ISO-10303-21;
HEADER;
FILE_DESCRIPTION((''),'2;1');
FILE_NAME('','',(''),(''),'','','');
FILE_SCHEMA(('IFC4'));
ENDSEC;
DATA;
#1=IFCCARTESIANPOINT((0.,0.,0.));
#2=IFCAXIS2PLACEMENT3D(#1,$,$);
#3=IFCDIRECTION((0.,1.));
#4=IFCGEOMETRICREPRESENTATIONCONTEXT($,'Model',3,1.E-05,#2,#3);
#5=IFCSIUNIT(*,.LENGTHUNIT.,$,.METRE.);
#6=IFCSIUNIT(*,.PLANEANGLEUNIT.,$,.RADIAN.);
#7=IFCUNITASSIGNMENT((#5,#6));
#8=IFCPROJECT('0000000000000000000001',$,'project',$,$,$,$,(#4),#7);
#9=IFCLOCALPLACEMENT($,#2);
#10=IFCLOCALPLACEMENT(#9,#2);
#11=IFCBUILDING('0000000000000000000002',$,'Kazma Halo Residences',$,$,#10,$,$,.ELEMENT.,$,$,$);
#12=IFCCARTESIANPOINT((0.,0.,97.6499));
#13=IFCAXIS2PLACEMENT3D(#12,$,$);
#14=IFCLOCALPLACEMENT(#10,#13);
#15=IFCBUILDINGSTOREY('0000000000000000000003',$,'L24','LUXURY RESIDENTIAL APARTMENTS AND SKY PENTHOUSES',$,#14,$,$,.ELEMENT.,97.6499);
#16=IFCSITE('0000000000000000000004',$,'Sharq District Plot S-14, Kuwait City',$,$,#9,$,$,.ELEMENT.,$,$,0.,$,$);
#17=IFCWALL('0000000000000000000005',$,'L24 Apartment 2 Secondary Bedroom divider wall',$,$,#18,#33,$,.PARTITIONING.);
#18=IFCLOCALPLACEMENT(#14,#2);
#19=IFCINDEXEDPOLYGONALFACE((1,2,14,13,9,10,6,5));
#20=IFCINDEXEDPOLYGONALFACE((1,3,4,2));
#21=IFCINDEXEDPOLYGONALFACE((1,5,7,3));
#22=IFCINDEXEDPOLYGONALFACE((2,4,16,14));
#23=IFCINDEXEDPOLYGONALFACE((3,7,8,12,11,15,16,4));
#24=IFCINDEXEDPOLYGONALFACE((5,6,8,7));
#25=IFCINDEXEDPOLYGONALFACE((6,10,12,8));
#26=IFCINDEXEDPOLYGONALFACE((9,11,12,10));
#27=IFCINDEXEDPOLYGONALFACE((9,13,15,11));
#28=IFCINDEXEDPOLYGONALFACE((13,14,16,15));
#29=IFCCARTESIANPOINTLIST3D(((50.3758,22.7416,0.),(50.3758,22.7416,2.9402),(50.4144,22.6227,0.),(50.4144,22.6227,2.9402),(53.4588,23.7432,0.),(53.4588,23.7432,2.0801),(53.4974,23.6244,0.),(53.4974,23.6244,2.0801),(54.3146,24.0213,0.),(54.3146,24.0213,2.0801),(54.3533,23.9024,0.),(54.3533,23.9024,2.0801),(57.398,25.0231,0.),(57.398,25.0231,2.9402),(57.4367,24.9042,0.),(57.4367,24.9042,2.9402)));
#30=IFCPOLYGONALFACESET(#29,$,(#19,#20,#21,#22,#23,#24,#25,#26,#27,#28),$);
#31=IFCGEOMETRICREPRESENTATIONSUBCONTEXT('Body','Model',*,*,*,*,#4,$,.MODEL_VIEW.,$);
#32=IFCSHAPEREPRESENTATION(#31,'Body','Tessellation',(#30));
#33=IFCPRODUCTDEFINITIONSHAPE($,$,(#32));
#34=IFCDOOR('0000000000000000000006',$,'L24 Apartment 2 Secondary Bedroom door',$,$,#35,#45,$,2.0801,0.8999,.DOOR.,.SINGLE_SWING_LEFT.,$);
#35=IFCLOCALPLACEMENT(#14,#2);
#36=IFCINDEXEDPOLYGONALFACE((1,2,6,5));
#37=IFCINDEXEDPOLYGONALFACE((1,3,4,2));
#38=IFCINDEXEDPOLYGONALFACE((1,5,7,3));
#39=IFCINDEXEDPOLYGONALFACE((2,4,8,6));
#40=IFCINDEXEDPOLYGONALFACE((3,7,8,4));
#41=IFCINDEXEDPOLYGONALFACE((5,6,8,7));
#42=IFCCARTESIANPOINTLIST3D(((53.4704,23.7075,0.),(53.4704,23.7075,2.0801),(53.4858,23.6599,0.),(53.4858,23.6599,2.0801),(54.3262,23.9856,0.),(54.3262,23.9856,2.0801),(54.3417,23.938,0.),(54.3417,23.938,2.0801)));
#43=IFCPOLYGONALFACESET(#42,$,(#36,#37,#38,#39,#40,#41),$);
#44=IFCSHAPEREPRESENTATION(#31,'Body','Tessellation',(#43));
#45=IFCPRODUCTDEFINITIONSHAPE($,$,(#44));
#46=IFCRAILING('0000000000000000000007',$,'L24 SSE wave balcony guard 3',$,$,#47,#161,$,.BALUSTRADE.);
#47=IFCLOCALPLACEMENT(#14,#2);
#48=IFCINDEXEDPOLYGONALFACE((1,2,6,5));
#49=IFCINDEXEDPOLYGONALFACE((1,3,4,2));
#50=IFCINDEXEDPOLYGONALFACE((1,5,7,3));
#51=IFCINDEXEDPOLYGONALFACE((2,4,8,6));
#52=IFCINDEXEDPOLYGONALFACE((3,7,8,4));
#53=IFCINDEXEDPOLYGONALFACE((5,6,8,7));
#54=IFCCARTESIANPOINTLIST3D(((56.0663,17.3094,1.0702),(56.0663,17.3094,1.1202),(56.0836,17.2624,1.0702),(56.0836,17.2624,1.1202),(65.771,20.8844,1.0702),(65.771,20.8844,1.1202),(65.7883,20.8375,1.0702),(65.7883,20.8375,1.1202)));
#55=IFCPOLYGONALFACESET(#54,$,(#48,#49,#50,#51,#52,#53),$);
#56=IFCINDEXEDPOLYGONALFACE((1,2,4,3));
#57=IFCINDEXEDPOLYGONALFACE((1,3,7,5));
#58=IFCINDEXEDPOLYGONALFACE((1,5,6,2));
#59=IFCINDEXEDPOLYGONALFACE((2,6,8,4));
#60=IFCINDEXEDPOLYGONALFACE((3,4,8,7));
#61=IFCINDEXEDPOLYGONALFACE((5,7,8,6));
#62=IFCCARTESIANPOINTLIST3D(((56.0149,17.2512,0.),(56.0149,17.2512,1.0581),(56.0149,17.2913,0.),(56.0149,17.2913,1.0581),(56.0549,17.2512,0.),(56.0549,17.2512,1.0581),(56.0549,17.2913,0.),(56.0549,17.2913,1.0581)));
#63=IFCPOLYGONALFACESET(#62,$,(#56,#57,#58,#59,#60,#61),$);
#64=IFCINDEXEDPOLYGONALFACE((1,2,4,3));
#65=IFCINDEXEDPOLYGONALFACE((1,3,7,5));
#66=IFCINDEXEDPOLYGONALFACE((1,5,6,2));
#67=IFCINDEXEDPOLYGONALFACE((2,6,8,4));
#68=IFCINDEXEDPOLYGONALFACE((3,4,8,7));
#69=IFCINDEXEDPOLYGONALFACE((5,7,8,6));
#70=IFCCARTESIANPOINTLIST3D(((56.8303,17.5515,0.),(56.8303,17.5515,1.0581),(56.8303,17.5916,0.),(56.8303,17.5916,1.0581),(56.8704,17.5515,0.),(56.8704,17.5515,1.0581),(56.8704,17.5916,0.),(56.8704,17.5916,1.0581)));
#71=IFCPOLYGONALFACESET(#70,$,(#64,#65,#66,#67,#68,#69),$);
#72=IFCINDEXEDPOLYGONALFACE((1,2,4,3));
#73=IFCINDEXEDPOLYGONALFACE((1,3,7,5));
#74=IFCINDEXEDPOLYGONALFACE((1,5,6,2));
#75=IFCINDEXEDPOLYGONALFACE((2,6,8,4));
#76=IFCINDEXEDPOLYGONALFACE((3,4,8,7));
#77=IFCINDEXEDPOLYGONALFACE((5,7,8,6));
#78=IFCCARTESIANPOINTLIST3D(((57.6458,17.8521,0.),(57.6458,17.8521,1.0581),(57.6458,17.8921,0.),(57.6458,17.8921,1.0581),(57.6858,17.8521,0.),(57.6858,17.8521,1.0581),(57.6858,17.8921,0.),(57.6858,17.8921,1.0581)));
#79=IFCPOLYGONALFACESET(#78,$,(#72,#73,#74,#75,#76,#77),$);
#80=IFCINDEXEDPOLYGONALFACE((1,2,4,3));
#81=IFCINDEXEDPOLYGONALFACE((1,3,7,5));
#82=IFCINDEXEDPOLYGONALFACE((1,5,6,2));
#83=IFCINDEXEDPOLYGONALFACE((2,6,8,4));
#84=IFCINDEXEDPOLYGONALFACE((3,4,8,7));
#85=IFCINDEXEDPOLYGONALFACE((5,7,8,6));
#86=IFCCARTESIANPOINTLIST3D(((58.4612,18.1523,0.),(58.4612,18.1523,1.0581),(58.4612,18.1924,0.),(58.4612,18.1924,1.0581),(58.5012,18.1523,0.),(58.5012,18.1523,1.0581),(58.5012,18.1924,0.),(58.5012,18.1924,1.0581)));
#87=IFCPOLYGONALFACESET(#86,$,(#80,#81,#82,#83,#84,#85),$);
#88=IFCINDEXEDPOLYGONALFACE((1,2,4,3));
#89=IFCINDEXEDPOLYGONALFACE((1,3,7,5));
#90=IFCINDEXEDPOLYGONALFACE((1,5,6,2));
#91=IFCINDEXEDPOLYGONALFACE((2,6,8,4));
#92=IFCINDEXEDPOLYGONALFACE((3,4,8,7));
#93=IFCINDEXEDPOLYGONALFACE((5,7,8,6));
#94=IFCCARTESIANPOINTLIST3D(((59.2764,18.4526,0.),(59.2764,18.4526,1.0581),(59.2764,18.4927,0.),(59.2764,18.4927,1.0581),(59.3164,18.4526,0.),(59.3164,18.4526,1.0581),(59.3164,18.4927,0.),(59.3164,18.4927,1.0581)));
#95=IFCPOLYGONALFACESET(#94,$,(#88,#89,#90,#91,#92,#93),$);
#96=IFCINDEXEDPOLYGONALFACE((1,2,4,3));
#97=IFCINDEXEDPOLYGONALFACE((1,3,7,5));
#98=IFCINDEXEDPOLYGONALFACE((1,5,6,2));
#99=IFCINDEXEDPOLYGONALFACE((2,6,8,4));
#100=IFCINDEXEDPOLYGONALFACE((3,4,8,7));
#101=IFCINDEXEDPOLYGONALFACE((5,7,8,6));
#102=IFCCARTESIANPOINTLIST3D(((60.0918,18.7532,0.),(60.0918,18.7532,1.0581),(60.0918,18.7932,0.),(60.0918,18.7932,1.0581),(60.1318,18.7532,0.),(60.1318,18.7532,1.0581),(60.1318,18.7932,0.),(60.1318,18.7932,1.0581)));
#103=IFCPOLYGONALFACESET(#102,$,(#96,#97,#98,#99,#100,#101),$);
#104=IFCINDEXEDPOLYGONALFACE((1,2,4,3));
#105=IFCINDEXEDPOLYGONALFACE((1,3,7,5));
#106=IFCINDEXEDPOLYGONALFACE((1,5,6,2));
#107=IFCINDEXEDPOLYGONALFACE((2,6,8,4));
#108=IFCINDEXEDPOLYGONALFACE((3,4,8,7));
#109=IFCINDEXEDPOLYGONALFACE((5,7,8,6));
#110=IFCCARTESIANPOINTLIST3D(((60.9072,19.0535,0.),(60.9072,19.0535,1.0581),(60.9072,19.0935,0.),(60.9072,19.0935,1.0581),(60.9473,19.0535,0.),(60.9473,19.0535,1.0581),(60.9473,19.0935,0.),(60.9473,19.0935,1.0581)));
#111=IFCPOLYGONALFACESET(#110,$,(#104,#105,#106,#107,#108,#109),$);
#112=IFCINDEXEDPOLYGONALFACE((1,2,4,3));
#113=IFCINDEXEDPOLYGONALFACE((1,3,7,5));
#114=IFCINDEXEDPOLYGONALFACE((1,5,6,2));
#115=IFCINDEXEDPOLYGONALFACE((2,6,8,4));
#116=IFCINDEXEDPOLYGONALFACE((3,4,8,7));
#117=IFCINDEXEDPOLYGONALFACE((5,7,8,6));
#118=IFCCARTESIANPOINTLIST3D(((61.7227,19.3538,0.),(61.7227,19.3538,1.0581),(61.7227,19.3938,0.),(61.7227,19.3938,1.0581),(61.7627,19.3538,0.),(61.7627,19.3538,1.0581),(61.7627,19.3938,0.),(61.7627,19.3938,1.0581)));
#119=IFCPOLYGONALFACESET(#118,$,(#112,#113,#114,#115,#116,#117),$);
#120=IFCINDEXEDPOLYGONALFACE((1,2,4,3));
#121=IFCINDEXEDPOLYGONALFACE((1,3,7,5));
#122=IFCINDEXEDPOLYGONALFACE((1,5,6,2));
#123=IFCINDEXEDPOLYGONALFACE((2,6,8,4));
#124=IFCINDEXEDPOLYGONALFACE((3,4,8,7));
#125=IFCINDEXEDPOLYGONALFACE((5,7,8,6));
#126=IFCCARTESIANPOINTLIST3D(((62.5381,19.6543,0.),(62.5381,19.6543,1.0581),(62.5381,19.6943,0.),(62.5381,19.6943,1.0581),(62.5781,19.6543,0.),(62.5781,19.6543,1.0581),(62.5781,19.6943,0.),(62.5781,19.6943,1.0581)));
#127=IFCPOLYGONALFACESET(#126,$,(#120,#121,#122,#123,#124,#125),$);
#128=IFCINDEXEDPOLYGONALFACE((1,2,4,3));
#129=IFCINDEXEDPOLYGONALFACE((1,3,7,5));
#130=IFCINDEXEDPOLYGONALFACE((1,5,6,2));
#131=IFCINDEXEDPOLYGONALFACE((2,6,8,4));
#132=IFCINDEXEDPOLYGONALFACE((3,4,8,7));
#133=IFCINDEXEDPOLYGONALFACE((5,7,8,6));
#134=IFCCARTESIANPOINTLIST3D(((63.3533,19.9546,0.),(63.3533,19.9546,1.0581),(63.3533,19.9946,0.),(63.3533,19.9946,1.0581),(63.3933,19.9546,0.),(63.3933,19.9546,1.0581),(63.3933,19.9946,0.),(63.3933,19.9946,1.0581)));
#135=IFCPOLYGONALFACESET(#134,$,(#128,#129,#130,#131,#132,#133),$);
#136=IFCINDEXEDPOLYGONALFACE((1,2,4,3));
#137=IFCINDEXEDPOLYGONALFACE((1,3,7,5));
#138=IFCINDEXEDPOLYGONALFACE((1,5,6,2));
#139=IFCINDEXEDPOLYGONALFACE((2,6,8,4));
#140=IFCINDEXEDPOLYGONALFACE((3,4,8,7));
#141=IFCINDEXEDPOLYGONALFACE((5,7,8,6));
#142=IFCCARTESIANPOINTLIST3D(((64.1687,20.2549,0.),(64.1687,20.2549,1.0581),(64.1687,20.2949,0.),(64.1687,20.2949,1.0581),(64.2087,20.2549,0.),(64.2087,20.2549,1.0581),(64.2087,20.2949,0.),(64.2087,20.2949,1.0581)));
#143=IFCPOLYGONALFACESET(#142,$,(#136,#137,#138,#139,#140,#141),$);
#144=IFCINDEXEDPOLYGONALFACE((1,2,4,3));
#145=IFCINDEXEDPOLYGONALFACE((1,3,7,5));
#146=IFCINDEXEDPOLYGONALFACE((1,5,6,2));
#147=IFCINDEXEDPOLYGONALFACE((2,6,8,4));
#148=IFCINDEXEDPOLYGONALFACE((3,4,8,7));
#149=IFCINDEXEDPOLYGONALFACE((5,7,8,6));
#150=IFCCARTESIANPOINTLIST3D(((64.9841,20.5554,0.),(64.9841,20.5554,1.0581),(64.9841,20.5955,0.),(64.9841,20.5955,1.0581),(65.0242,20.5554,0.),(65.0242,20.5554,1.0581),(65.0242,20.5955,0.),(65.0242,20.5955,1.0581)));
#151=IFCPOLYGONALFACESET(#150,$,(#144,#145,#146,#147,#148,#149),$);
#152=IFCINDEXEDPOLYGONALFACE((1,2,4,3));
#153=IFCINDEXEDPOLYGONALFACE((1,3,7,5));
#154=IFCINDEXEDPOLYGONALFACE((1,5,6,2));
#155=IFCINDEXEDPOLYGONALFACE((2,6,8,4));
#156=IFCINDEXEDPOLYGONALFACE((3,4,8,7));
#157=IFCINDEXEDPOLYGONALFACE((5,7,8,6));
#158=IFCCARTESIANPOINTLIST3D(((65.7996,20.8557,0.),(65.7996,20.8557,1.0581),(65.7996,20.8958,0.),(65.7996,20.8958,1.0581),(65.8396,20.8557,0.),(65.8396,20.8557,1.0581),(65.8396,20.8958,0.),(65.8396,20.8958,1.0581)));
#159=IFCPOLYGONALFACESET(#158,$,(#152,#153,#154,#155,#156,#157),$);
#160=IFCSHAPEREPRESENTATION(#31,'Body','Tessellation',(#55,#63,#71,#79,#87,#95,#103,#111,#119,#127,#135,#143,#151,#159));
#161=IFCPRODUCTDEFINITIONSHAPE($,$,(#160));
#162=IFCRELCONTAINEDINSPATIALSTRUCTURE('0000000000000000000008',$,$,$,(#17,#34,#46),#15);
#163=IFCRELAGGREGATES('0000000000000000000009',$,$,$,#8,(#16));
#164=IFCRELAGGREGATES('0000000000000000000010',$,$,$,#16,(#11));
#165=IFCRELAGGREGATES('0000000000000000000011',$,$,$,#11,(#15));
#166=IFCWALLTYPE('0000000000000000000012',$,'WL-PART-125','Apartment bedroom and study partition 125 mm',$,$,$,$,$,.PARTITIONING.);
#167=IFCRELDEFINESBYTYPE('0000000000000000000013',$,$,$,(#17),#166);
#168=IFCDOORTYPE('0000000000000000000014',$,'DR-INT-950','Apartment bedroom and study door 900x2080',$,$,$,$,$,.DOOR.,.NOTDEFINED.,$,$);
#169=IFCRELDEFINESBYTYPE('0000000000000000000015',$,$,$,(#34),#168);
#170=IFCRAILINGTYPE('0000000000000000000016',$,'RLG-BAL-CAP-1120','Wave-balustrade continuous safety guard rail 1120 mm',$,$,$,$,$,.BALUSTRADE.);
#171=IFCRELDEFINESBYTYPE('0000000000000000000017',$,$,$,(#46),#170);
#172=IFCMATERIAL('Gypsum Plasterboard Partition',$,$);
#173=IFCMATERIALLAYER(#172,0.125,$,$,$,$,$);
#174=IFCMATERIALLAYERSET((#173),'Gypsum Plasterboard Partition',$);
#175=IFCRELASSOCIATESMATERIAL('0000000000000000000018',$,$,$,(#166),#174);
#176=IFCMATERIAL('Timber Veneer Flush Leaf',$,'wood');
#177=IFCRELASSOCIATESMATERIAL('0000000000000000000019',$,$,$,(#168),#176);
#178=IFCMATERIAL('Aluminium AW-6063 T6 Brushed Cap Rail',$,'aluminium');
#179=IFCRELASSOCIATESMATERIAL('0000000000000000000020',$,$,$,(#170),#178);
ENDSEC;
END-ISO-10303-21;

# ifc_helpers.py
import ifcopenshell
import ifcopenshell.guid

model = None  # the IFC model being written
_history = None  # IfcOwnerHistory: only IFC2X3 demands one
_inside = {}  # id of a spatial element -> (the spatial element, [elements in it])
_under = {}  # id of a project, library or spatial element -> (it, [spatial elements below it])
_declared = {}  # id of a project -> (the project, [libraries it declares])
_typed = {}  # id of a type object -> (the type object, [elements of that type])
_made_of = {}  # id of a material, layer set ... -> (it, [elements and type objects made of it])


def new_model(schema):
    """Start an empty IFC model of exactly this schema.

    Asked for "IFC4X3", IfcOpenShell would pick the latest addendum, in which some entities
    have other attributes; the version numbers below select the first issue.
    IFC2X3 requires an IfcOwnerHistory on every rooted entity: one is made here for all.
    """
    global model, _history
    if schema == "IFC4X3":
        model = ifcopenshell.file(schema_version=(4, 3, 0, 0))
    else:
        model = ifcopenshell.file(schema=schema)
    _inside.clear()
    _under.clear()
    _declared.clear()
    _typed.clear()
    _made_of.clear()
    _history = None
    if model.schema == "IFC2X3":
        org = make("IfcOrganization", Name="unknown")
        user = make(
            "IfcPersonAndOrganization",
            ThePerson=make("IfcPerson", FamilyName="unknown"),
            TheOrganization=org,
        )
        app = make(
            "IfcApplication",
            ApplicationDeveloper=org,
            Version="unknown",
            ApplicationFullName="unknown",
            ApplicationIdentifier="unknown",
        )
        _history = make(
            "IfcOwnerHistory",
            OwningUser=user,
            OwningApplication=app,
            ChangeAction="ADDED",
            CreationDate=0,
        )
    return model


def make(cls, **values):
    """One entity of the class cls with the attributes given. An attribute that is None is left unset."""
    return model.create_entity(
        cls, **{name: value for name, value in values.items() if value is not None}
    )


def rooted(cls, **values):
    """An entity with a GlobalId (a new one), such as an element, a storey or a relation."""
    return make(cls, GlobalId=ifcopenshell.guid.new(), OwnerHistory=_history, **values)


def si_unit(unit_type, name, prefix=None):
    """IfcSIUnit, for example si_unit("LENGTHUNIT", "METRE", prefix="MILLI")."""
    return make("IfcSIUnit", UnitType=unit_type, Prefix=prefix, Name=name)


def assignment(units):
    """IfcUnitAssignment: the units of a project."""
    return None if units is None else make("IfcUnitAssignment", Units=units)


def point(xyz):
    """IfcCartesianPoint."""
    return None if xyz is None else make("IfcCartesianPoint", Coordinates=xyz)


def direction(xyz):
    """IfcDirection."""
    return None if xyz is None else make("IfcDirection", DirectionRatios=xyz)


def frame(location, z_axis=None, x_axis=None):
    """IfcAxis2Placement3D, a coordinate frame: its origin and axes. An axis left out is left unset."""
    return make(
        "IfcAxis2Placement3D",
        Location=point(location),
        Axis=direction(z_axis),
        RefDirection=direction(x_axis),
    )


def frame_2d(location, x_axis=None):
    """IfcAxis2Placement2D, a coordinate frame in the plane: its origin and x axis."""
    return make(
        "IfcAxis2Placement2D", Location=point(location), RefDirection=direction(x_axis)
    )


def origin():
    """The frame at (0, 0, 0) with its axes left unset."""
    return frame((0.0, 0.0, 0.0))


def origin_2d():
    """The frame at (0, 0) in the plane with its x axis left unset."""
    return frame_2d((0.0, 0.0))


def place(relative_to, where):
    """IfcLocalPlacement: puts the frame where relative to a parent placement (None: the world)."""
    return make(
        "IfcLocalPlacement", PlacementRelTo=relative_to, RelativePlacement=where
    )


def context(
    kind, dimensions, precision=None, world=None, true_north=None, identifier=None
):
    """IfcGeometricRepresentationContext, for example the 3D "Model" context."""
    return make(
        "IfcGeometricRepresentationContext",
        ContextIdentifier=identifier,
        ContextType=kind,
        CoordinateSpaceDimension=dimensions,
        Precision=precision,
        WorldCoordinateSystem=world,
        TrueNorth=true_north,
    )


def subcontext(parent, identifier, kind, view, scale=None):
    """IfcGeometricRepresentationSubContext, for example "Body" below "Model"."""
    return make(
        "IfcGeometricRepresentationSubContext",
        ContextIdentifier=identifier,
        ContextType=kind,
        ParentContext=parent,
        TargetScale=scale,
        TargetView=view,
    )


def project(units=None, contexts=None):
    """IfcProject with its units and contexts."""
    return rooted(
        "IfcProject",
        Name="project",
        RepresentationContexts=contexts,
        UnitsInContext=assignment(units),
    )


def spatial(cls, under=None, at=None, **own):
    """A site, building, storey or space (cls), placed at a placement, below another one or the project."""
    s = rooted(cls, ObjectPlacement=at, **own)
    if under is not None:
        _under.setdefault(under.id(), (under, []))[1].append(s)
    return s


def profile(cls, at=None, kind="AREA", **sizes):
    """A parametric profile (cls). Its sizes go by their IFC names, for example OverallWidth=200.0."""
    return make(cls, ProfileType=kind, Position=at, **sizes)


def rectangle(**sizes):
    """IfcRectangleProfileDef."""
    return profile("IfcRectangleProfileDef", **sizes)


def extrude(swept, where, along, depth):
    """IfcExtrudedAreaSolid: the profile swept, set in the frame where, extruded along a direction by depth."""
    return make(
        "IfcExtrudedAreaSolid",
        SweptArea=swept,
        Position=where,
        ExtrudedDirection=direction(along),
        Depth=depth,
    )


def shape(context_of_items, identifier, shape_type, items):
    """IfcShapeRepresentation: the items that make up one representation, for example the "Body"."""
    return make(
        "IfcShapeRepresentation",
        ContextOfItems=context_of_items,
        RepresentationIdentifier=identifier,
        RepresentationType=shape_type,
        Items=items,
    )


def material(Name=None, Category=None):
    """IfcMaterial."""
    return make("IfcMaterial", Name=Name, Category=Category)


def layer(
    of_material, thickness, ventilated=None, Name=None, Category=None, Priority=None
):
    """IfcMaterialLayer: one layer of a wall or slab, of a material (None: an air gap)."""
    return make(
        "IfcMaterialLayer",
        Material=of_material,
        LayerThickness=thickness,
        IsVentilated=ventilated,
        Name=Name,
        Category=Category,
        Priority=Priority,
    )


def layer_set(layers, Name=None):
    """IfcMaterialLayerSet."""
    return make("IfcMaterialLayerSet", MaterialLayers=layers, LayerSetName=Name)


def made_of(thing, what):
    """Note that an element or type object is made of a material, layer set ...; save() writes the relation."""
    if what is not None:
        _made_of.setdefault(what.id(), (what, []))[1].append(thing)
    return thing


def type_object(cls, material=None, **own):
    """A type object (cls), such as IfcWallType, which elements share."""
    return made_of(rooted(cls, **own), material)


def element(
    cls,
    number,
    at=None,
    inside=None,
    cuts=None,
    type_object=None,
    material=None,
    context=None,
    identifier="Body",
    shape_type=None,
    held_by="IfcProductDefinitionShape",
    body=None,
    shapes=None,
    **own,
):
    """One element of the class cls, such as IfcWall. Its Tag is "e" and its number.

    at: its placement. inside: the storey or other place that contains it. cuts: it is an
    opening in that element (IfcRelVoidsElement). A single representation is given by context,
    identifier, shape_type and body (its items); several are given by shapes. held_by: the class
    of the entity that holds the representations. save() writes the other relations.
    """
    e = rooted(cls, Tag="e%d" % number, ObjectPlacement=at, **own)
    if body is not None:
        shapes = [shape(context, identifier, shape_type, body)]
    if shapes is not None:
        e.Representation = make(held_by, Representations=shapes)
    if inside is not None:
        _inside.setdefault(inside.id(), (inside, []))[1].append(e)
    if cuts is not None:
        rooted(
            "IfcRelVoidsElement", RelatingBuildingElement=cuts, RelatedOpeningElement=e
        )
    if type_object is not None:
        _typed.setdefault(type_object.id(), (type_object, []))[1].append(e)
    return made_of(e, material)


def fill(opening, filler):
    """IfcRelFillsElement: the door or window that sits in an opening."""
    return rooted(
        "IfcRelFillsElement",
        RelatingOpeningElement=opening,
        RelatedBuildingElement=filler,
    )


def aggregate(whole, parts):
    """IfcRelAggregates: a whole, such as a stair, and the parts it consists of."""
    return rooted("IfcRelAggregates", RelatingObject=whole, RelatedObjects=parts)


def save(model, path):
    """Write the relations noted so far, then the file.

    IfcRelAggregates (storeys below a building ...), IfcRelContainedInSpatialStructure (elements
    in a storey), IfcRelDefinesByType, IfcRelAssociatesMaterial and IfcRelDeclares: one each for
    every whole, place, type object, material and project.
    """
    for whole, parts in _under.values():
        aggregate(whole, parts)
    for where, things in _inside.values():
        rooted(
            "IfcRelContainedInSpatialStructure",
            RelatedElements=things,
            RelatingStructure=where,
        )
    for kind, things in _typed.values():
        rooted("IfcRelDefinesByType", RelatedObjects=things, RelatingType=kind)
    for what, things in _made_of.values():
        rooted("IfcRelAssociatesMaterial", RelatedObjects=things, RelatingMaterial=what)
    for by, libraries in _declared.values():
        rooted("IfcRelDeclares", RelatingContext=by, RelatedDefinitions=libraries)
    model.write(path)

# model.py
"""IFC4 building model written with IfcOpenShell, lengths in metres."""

from ifc_helpers import new_model, si_unit, direction, frame, frame_2d, origin, origin_2d, place, context, subcontext, project, spatial, rectangle, extrude, material, layer, layer_set, type_object, element, fill, save


model = new_model("IFC4")

# Units and contexts
model_context = context("Model", 3, precision=1e-05, world=origin(), true_north=direction((0.0, 1.0)))
body_context = subcontext(model_context, "Body", "Model", "MODEL_VIEW")
ifc_project = project(units=[si_unit("LENGTHUNIT", "METRE"), si_unit("PLANEANGLEUNIT", "RADIAN")], contexts=[model_context])

# Site, building, storey
site_placement = place(None, origin())
site = spatial("IfcSite", under=ifc_project, at=site_placement, Name="Sharq District Plot S-14, Kuwait City", CompositionType="ELEMENT", RefElevation=0.0)
building_placement = place(site_placement, origin())
building = spatial("IfcBuilding", under=site, at=building_placement, Name="Kazma Halo Residences", CompositionType="ELEMENT")
storey_placement = place(building_placement, frame((0.0, 0.0, 97.6499)))
storey = spatial("IfcBuildingStorey", under=building, at=storey_placement, Name="L24", Description="LUXURY RESIDENTIAL APARTMENTS AND SKY PENTHOUSES", CompositionType="ELEMENT", Elevation=97.6499)

# Shared definitions
ifc_material_1 = material(Name="Gypsum Plasterboard Partition")
ifc_layer_1 = layer(ifc_material_1, 0.125)
ifc_layer_set_1 = layer_set([ifc_layer_1], Name="Gypsum Plasterboard Partition")
wall_type_1 = type_object("IfcWallType", Name="WL-PART-125", Description="Apartment bedroom and study partition 125 mm", PredefinedType="PARTITIONING", material=ifc_layer_set_1)

# Wall, opening, door
ifc_material_2 = material(Name="Timber Veneer Flush Leaf", Category="wood")
door_type_1 = type_object("IfcDoorType", Name="DR-INT-950", Description="Apartment bedroom and study door 900x2080", OperationType="NOTDEFINED", PredefinedType="DOOR", material=ifc_material_2)
wall_1_placement = place(storey_placement, frame((50.395, 22.6821, 0.0), z_axis=(0.0, 0.0, 1.0), x_axis=(0.951063, 0.308997, 0.0)))
wall_1 = element("IfcWall", 1, at=wall_1_placement, inside=storey, type_object=wall_type_1, Name="L24 Apartment 2 Secondary Bedroom divider wall", PredefinedType="PARTITIONING", context=body_context, shape_type="SweptSolid", body=[
    extrude(rectangle(XDim=7.3835, YDim=0.125, at=frame_2d((3.6919, 0.0))), origin(), (0.0, 0.0, 1.0), 2.9402),
])
opening_1_placement = place(wall_1_placement, frame((3.2417, 0.0, 0.0)))
opening_1 = element("IfcOpeningElement", 2, at=opening_1_placement, cuts=wall_1, PredefinedType="OPENING", context=body_context, shape_type="SweptSolid", body=[
    extrude(rectangle(XDim=0.8999, YDim=2.0801, at=frame_2d((0.45, 1.04))), frame((0.0, 0.0725, 0.0), z_axis=(0.0, -1.0, 0.0), x_axis=(1.0, 0.0, 0.0)), (0.0, 0.0, 1.0), 0.145),
])
door_1_placement = place(opening_1_placement, origin())
door_1 = element("IfcDoor", 3, at=door_1_placement, inside=storey, type_object=door_type_1, Name="L24 Apartment 2 Secondary Bedroom door", OperationType="SINGLE_SWING_LEFT", OverallHeight=2.0801, OverallWidth=0.8999, PredefinedType="DOOR", context=body_context, shape_type="SweptSolid", body=[
    extrude(rectangle(XDim=0.8999, YDim=2.0801, at=frame_2d((0.45, 1.04))), frame((0.0, 0.0249, 0.0), z_axis=(0.0, -1.0, 0.0), x_axis=(1.0, 0.0, 0.0)), (0.0, 0.0, 1.0), 0.05),
])
fill(opening_1, door_1)

# Railing
ifc_material_3 = material(Name="Aluminium AW-6063 T6 Brushed Cap Rail", Category="aluminium")
railing_type = type_object("IfcRailingType", Name="RLG-BAL-CAP-1120", Description="Wave-balustrade continuous safety guard rail 1120 mm", PredefinedType="BALUSTRADE", material=ifc_material_3)
railing_placement = place(storey_placement, frame((56.0349, 17.2712, 0.0)))
element("IfcRailing", 4, at=railing_placement, inside=storey, type_object=railing_type, Name="L24 SSE wave balcony guard 3", PredefinedType="BALUSTRADE", context=body_context, shape_type="SweptSolid", body=[
    extrude(rectangle(XDim=0.05, YDim=0.05, at=origin_2d()), frame((0.04, 0.0146, 1.0952), z_axis=(0.938355, 0.345673, 0.0), x_axis=(-0.345673, 0.938355, 0.0)), (0.0, 0.0, 1.0), 10.3423),
    extrude(rectangle(XDim=0.04, YDim=0.04, at=origin_2d()), origin(), (0.0, 0.0, 1.0), 1.0581),
    extrude(rectangle(XDim=0.04, YDim=0.04, at=origin_2d()), frame((0.8154, 0.3003, 0.0)), (0.0, 0.0, 1.0), 1.0581),
    extrude(rectangle(XDim=0.04, YDim=0.04, at=origin_2d()), frame((1.6309, 0.6008, 0.0)), (0.0, 0.0, 1.0), 1.0581),
    extrude(rectangle(XDim=0.04, YDim=0.04, at=origin_2d()), frame((2.4463, 0.9011, 0.0)), (0.0, 0.0, 1.0), 1.0581),
    extrude(rectangle(XDim=0.04, YDim=0.04, at=origin_2d()), frame((3.2615, 1.2014, 0.0)), (0.0, 0.0, 1.0), 1.0581),
    extrude(rectangle(XDim=0.04, YDim=0.04, at=origin_2d()), frame((4.0769, 1.502, 0.0)), (0.0, 0.0, 1.0), 1.0581),
    extrude(rectangle(XDim=0.04, YDim=0.04, at=origin_2d()), frame((4.8923, 1.8022, 0.0)), (0.0, 0.0, 1.0), 1.0581),
    extrude(rectangle(XDim=0.04, YDim=0.04, at=origin_2d()), frame((5.7078, 2.1025, 0.0)), (0.0, 0.0, 1.0), 1.0581),
    extrude(rectangle(XDim=0.04, YDim=0.04, at=origin_2d()), frame((6.5232, 2.4031, 0.0)), (0.0, 0.0, 1.0), 1.0581),
    extrude(rectangle(XDim=0.04, YDim=0.04, at=origin_2d()), frame((7.3384, 2.7034, 0.0)), (0.0, 0.0, 1.0), 1.0581),
    extrude(rectangle(XDim=0.04, YDim=0.04, at=origin_2d()), frame((8.1538, 3.0037, 0.0)), (0.0, 0.0, 1.0), 1.0581),
    extrude(rectangle(XDim=0.04, YDim=0.04, at=origin_2d()), frame((8.9692, 3.3042, 0.0)), (0.0, 0.0, 1.0), 1.0581),
    extrude(rectangle(XDim=0.04, YDim=0.04, at=origin_2d()), frame((9.7847, 3.6045, 0.0)), (0.0, 0.0, 1.0), 1.0581),
])

save(model, "model.ifc")
